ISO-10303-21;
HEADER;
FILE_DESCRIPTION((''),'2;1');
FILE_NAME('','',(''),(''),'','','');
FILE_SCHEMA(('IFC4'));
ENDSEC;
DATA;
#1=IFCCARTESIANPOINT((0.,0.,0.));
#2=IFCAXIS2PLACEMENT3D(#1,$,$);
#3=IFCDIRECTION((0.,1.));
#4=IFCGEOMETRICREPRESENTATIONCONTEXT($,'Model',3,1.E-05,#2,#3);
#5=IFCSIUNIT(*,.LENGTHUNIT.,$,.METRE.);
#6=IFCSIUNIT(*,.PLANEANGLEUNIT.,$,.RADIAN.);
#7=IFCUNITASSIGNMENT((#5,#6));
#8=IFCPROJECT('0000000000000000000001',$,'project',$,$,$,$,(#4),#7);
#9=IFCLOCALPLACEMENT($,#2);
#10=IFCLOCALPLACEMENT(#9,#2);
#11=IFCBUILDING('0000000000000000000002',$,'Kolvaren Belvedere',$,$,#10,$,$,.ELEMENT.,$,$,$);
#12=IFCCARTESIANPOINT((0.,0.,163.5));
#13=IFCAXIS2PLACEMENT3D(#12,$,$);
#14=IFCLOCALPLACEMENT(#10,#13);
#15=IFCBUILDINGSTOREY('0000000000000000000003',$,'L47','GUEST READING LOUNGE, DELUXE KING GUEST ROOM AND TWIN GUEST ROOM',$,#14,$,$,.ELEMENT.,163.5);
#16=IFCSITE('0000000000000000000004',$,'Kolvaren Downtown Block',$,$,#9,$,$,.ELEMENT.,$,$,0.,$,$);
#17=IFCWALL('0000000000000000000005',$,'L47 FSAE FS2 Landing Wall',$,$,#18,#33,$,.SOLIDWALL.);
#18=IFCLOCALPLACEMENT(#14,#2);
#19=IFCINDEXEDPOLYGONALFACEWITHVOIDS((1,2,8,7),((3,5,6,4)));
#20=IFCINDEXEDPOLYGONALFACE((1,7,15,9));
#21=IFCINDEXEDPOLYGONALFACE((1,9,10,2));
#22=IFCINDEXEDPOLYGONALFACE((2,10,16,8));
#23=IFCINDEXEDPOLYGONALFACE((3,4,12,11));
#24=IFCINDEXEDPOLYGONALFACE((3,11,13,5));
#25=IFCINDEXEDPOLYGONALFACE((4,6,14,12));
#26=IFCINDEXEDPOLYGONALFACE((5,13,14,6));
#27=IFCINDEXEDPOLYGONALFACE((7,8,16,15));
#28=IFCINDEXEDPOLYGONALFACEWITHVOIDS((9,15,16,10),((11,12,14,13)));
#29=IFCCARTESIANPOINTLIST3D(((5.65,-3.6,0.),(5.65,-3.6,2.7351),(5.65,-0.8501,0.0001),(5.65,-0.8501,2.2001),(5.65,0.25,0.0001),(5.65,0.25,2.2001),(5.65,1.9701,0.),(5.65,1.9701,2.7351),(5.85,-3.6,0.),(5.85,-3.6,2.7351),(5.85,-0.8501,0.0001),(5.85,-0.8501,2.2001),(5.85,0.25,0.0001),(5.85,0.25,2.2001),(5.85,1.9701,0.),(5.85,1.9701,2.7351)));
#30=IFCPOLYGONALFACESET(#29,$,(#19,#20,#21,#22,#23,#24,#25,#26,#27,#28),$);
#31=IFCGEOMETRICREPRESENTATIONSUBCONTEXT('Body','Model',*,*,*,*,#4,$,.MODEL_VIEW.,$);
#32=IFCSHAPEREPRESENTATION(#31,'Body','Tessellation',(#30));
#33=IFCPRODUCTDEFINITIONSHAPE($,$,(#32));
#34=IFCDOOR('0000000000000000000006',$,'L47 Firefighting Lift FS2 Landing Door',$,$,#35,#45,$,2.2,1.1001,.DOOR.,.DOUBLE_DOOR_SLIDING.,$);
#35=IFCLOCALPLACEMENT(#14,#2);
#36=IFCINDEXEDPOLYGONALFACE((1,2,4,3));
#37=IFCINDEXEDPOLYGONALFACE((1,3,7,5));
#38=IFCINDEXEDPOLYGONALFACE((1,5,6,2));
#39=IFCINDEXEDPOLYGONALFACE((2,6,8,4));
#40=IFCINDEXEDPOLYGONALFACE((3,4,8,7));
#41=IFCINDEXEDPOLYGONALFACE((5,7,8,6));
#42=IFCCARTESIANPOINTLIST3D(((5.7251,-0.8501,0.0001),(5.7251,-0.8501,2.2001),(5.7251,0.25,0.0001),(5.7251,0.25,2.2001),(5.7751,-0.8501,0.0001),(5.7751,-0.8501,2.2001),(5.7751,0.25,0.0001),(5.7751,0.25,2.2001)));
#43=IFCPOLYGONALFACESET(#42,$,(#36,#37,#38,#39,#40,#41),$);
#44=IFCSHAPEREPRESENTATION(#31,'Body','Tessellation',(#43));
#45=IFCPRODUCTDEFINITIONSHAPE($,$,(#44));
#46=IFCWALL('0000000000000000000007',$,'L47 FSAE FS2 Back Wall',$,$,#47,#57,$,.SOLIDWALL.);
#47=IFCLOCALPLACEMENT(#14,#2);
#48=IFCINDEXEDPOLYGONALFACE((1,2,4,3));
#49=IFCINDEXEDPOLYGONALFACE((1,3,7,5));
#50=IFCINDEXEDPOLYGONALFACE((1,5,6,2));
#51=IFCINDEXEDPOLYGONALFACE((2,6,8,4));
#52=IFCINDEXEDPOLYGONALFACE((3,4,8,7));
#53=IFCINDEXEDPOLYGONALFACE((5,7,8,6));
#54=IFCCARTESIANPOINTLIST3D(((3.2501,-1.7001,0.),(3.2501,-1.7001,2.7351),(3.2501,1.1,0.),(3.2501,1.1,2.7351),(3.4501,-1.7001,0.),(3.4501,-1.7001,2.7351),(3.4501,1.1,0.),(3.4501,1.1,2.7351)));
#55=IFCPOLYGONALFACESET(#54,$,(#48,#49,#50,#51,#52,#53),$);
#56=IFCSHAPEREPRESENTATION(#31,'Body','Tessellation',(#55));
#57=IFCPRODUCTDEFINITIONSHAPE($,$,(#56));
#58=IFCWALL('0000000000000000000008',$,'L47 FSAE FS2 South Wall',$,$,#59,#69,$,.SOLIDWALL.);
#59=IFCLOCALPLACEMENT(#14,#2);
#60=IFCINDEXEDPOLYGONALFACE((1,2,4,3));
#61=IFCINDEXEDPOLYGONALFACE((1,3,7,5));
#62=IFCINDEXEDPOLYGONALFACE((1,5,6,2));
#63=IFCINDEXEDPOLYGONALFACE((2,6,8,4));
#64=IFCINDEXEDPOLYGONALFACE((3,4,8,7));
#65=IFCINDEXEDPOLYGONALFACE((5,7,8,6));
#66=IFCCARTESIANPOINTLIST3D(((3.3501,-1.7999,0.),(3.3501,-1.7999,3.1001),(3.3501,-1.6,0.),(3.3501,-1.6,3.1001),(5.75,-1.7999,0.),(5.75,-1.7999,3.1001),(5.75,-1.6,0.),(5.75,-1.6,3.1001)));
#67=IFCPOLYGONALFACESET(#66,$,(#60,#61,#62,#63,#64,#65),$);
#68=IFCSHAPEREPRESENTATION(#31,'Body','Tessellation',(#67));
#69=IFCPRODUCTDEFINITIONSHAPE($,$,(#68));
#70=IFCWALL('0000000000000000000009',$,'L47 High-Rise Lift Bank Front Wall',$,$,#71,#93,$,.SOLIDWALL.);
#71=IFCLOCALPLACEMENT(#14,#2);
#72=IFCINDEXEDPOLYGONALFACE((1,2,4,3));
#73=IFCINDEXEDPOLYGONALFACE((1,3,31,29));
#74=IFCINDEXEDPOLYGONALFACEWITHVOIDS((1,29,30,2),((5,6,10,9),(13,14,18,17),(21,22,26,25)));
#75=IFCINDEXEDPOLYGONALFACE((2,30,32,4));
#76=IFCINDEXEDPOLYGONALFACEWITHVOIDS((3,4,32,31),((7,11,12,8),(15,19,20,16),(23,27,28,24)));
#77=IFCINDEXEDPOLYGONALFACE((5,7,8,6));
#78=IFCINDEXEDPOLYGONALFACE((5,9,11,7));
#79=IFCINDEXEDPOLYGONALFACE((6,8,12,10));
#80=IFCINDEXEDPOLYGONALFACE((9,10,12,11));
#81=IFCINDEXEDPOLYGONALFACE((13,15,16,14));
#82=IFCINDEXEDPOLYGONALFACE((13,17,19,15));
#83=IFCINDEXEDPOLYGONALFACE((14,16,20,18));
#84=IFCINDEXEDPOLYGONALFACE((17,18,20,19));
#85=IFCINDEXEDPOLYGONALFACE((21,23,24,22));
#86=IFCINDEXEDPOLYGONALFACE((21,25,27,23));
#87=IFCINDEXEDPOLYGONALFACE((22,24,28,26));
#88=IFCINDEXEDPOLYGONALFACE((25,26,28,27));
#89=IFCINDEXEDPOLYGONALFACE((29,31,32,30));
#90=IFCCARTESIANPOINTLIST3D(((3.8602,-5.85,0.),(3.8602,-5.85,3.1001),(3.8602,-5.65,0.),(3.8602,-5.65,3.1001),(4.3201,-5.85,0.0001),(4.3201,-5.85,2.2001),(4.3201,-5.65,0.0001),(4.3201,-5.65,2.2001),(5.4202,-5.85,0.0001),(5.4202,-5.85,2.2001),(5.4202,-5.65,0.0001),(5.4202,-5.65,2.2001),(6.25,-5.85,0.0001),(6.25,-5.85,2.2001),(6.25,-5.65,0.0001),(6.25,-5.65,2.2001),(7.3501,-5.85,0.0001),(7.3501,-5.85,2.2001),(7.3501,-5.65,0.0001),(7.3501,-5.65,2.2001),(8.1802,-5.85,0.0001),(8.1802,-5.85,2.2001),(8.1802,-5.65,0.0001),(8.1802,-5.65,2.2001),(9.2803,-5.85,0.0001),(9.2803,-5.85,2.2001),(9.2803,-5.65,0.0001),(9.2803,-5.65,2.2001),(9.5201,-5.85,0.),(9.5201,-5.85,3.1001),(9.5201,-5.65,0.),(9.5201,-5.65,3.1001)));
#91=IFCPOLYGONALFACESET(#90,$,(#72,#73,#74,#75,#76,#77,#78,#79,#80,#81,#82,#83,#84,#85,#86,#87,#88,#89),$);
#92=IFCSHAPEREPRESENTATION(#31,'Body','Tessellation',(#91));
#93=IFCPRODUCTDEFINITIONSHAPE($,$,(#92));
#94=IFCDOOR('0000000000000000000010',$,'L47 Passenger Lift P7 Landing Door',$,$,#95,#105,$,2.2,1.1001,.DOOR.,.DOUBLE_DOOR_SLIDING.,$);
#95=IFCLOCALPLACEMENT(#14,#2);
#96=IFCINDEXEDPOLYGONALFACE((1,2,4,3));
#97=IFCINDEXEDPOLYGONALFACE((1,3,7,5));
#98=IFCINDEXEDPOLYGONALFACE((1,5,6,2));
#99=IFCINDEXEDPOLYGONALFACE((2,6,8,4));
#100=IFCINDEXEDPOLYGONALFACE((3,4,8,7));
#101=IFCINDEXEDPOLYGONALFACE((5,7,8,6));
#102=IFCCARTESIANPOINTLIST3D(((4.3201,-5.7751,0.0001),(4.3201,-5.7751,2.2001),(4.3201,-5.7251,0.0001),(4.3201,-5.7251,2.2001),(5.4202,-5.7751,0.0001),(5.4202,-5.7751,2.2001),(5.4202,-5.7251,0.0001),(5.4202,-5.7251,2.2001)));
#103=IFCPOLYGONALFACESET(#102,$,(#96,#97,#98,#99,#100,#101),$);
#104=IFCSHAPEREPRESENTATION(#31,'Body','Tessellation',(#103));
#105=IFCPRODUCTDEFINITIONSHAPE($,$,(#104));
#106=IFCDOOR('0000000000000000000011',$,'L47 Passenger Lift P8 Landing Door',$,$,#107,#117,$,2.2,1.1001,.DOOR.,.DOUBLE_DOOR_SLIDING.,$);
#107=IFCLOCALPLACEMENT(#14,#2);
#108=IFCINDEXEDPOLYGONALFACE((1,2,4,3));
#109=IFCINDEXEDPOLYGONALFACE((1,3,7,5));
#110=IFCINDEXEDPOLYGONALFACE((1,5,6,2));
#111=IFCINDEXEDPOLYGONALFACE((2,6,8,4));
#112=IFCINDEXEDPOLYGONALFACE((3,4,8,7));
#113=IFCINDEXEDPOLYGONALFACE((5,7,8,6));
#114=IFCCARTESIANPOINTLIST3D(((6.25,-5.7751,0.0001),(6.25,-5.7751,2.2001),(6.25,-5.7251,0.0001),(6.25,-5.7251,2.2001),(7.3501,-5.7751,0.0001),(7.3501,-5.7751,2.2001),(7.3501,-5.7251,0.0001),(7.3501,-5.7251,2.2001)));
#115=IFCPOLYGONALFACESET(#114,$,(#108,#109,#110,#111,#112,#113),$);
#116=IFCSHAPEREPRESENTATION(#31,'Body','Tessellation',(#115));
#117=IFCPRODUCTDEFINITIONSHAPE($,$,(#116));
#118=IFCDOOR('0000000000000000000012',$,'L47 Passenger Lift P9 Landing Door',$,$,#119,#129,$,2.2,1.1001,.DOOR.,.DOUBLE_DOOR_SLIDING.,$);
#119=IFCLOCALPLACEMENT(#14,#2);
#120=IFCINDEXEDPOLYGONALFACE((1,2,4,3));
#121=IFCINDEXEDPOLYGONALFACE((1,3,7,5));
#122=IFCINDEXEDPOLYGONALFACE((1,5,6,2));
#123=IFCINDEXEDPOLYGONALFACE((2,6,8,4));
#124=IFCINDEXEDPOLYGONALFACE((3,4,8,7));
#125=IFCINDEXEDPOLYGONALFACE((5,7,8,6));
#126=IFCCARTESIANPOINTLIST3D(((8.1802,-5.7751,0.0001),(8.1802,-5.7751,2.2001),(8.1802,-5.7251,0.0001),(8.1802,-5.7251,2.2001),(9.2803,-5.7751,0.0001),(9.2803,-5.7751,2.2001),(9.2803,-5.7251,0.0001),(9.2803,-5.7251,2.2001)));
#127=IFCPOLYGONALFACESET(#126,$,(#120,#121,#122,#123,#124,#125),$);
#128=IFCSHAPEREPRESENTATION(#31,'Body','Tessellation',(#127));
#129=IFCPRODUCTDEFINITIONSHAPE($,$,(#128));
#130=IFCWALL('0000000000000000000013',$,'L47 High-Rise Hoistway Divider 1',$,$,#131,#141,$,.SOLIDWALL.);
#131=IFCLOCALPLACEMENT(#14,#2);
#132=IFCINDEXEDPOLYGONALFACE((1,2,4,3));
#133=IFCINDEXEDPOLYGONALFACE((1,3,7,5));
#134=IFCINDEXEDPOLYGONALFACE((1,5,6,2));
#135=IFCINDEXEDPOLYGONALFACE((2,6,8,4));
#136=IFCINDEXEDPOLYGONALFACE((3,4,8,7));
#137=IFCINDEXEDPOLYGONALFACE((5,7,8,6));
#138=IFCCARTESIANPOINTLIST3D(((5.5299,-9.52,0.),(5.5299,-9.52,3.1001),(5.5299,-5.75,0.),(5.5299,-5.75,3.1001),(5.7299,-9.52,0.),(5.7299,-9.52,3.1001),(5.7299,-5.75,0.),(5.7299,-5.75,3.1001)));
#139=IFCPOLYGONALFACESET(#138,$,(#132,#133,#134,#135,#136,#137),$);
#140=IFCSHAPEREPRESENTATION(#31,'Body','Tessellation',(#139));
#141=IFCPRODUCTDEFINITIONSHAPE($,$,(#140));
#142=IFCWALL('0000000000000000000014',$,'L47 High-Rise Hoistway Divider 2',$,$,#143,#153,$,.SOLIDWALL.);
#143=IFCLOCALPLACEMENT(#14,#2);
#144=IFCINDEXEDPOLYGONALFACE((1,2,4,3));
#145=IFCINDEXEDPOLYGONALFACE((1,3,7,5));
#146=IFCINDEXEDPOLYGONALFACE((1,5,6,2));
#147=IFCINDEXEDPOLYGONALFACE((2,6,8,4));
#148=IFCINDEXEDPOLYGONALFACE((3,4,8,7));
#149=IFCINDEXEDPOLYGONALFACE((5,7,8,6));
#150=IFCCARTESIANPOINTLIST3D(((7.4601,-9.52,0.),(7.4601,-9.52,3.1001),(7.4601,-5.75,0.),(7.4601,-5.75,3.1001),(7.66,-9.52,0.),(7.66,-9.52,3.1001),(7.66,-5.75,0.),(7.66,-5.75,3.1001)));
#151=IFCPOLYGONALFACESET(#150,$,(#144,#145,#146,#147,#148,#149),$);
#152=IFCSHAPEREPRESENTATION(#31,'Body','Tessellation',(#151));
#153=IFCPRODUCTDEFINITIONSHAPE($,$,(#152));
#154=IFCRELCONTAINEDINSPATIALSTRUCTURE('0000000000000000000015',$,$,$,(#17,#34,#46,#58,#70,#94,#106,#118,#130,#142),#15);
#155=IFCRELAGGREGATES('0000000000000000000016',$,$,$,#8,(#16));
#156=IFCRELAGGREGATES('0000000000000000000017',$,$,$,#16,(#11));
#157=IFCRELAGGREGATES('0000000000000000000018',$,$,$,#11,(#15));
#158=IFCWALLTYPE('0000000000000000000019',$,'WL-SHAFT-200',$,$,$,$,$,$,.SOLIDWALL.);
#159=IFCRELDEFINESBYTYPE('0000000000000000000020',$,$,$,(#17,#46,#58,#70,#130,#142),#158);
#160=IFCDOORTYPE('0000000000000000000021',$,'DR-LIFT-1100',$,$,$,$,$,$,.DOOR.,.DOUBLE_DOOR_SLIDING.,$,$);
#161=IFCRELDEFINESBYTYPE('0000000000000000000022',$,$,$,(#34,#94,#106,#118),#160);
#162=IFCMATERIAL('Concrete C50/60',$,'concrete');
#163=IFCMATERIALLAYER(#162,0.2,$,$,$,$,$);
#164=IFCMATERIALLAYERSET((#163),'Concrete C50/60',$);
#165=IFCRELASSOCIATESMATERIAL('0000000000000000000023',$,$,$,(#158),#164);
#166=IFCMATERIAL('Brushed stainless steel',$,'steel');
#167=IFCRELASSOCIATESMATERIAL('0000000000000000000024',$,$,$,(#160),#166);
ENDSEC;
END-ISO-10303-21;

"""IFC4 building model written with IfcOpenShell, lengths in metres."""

from ifc_helpers import new_model, si_unit, direction, frame, frame_2d, origin, place, context, subcontext, project, spatial, rectangle, extrude, material, layer, layer_set, type_object, element, fill, save


model = new_model("IFC4")

# Units and contexts
model_context = context("Model", 3, precision=1e-05, world=origin(), true_north=direction((0.0, 1.0)))
body_context = subcontext(model_context, "Body", "Model", "MODEL_VIEW")
ifc_project = project(units=[si_unit("LENGTHUNIT", "METRE"), si_unit("PLANEANGLEUNIT", "RADIAN")], contexts=[model_context])

# Site, building, storey
site_placement = place(None, origin())
site = spatial("IfcSite", under=ifc_project, at=site_placement, Name="Kolvaren Downtown Block", CompositionType="ELEMENT", RefElevation=0.0)
building_placement = place(site_placement, origin())
building = spatial("IfcBuilding", under=site, at=building_placement, Name="Kolvaren Belvedere", CompositionType="ELEMENT")
storey_placement = place(building_placement, frame((0.0, 0.0, 163.5)))
storey = spatial("IfcBuildingStorey", under=building, at=storey_placement, Name="L47", Description="GUEST READING LOUNGE, DELUXE KING GUEST ROOM AND TWIN GUEST ROOM", CompositionType="ELEMENT", Elevation=163.5)

# Wall, opening, door
ifc_material_1 = material(Name="Concrete C50/60", Category="concrete")
ifc_layer_1 = layer(ifc_material_1, 0.2)
ifc_layer_set_1 = layer_set([ifc_layer_1], Name="Concrete C50/60")
wall_type_1 = type_object("IfcWallType", Name="WL-SHAFT-200", PredefinedType="SOLIDWALL", material=ifc_layer_set_1)
wall_1_placement = place(storey_placement, frame((5.75, -3.6001, 0.0), z_axis=(0.0, 0.0, 1.0), x_axis=(0.0, 1.0, 0.0)))
wall_1 = element("IfcWall", 1, at=wall_1_placement, inside=storey, type_object=wall_type_1, Name="L47 FSAE FS2 Landing Wall", PredefinedType="SOLIDWALL", context=body_context, shape_type="SweptSolid", body=[
    extrude(rectangle(XDim=5.5701, YDim=0.2, at=frame_2d((2.7852, 0.0))), origin(), (0.0, 0.0, 1.0), 2.7351),
])
opening_1_placement = place(wall_1_placement, frame((2.75, 0.0, 0.0)))
opening_1 = element("IfcOpeningElement", 2, at=opening_1_placement, cuts=wall_1, PredefinedType="OPENING", context=body_context, shape_type="SweptSolid", body=[
    extrude(rectangle(XDim=1.1001, YDim=2.2, at=frame_2d((0.55, 1.1001))), frame((0.0, 0.1099, 0.0), z_axis=(0.0, -1.0, 0.0), x_axis=(1.0, 0.0, 0.0)), (0.0, 0.0, 1.0), 0.22),
])
ifc_material_2 = material(Name="Brushed stainless steel", Category="steel")
door_type_1 = type_object("IfcDoorType", Name="DR-LIFT-1100", OperationType="DOUBLE_DOOR_SLIDING", PredefinedType="DOOR", material=ifc_material_2)
door_1_placement = place(opening_1_placement, origin())
door_1 = element("IfcDoor", 3, at=door_1_placement, inside=storey, type_object=door_type_1, Name="L47 Firefighting Lift FS2 Landing Door", OperationType="DOUBLE_DOOR_SLIDING", OverallHeight=2.2, OverallWidth=1.1001, PredefinedType="DOOR", context=body_context, shape_type="SweptSolid", body=[
    extrude(rectangle(XDim=1.1001, YDim=2.2, at=frame_2d((0.55, 1.1001))), frame((0.0, 0.0249, 0.0), z_axis=(0.0, -1.0, 0.0), x_axis=(1.0, 0.0, 0.0)), (0.0, 0.0, 1.0), 0.05),
])
fill(opening_1, door_1)

# Walls
wall_2_placement = place(storey_placement, frame((3.3501, -1.7, 0.0), z_axis=(0.0, 0.0, 1.0), x_axis=(0.0, 1.0, 0.0)))
element("IfcWall", 4, at=wall_2_placement, inside=storey, type_object=wall_type_1, Name="L47 FSAE FS2 Back Wall", PredefinedType="SOLIDWALL", context=body_context, shape_type="SweptSolid", body=[
    extrude(rectangle(XDim=2.8, YDim=0.2, at=frame_2d((1.3999, 0.0))), origin(), (0.0, 0.0, 1.0), 2.7351),
])
wall_3_placement = place(storey_placement, frame((3.3501, -1.7, 0.0), z_axis=(0.0, 0.0, 1.0), x_axis=(1.0, 0.0, 0.0)))
element("IfcWall", 5, at=wall_3_placement, inside=storey, type_object=wall_type_1, Name="L47 FSAE FS2 South Wall", PredefinedType="SOLIDWALL", context=body_context, shape_type="SweptSolid", body=[
    extrude(rectangle(XDim=2.3999, YDim=0.2, at=frame_2d((1.2, 0.0))), origin(), (0.0, 0.0, 1.0), 3.1001),
])

# Wall, openings, doors
wall_4_placement = place(storey_placement, frame((3.8601, -5.75, 0.0), z_axis=(0.0, 0.0, 1.0), x_axis=(1.0, 0.0, 0.0)))
wall_4 = element("IfcWall", 6, at=wall_4_placement, inside=storey, type_object=wall_type_1, Name="L47 High-Rise Lift Bank Front Wall", PredefinedType="SOLIDWALL", context=body_context, shape_type="SweptSolid", body=[
    extrude(rectangle(XDim=5.6599, YDim=0.2, at=frame_2d((2.8301, 0.0))), origin(), (0.0, 0.0, 1.0), 3.1001),
])
opening_2_placement = place(wall_4_placement, frame((0.46, 0.0, 0.0)))
opening_2 = element("IfcOpeningElement", 7, at=opening_2_placement, cuts=wall_4, PredefinedType="OPENING", context=body_context, shape_type="SweptSolid", body=[
    extrude(rectangle(XDim=1.1001, YDim=2.2, at=frame_2d((0.55, 1.1001))), frame((0.0, 0.1099, 0.0), z_axis=(0.0, -1.0, 0.0), x_axis=(1.0, 0.0, 0.0)), (0.0, 0.0, 1.0), 0.22),
])
opening_3_placement = place(wall_4_placement, frame((2.3899, 0.0, 0.0)))
opening_3 = element("IfcOpeningElement", 8, at=opening_3_placement, cuts=wall_4, PredefinedType="OPENING", context=body_context, shape_type="SweptSolid", body=[
    extrude(rectangle(XDim=1.1001, YDim=2.2, at=frame_2d((0.55, 1.1001))), frame((0.0, 0.1099, 0.0), z_axis=(0.0, -1.0, 0.0), x_axis=(1.0, 0.0, 0.0)), (0.0, 0.0, 1.0), 0.22),
])
opening_4_placement = place(wall_4_placement, frame((4.3201, 0.0, 0.0)))
opening_4 = element("IfcOpeningElement", 9, at=opening_4_placement, cuts=wall_4, PredefinedType="OPENING", context=body_context, shape_type="SweptSolid", body=[
    extrude(rectangle(XDim=1.1001, YDim=2.2, at=frame_2d((0.55, 1.1001))), frame((0.0, 0.1099, 0.0), z_axis=(0.0, -1.0, 0.0), x_axis=(1.0, 0.0, 0.0)), (0.0, 0.0, 1.0), 0.22),
])
door_2_placement = place(opening_2_placement, origin())
door_2 = element("IfcDoor", 10, at=door_2_placement, inside=storey, type_object=door_type_1, Name="L47 Passenger Lift P7 Landing Door", OperationType="DOUBLE_DOOR_SLIDING", OverallHeight=2.2, OverallWidth=1.1001, PredefinedType="DOOR", context=body_context, shape_type="SweptSolid", body=[
    extrude(rectangle(XDim=1.1001, YDim=2.2, at=frame_2d((0.55, 1.1001))), frame((0.0, 0.0249, 0.0), z_axis=(0.0, -1.0, 0.0), x_axis=(1.0, 0.0, 0.0)), (0.0, 0.0, 1.0), 0.05),
])
fill(opening_2, door_2)
door_3_placement = place(opening_3_placement, origin())
door_3 = element("IfcDoor", 11, at=door_3_placement, inside=storey, type_object=door_type_1, Name="L47 Passenger Lift P8 Landing Door", OperationType="DOUBLE_DOOR_SLIDING", OverallHeight=2.2, OverallWidth=1.1001, PredefinedType="DOOR", context=body_context, shape_type="SweptSolid", body=[
    extrude(rectangle(XDim=1.1001, YDim=2.2, at=frame_2d((0.55, 1.1001))), frame((0.0, 0.0249, 0.0), z_axis=(0.0, -1.0, 0.0), x_axis=(1.0, 0.0, 0.0)), (0.0, 0.0, 1.0), 0.05),
])
fill(opening_3, door_3)
door_4_placement = place(opening_4_placement, origin())
door_4 = element("IfcDoor", 12, at=door_4_placement, inside=storey, type_object=door_type_1, Name="L47 Passenger Lift P9 Landing Door", OperationType="DOUBLE_DOOR_SLIDING", OverallHeight=2.2, OverallWidth=1.1001, PredefinedType="DOOR", context=body_context, shape_type="SweptSolid", body=[
    extrude(rectangle(XDim=1.1001, YDim=2.2, at=frame_2d((0.55, 1.1001))), frame((0.0, 0.0249, 0.0), z_axis=(0.0, -1.0, 0.0), x_axis=(1.0, 0.0, 0.0)), (0.0, 0.0, 1.0), 0.05),
])
fill(opening_4, door_4)

# Walls
for number, where, z_axis, x_axis, name in (
    (13, (5.6299, -9.52, 0.0), (0.0, 0.0, 1.0), (0.0, 1.0, 0.0), "L47 High-Rise Hoistway Divider 1"),
    (14, (7.5601, -9.52, 0.0), (0.0, 0.0, 1.0), (0.0, 1.0, 0.0), "L47 High-Rise Hoistway Divider 2"),
):
    element("IfcWall", number, at=place(storey_placement, frame(where, z_axis=z_axis, x_axis=x_axis)), inside=storey, type_object=wall_type_1, Name=name, PredefinedType="SOLIDWALL", context=body_context, shape_type="SweptSolid", body=[
        extrude(rectangle(XDim=3.77, YDim=0.2, at=frame_2d((1.885, 0.0))), origin(), (0.0, 0.0, 1.0), 3.1001),
    ])

save(model, "model.ifc")
